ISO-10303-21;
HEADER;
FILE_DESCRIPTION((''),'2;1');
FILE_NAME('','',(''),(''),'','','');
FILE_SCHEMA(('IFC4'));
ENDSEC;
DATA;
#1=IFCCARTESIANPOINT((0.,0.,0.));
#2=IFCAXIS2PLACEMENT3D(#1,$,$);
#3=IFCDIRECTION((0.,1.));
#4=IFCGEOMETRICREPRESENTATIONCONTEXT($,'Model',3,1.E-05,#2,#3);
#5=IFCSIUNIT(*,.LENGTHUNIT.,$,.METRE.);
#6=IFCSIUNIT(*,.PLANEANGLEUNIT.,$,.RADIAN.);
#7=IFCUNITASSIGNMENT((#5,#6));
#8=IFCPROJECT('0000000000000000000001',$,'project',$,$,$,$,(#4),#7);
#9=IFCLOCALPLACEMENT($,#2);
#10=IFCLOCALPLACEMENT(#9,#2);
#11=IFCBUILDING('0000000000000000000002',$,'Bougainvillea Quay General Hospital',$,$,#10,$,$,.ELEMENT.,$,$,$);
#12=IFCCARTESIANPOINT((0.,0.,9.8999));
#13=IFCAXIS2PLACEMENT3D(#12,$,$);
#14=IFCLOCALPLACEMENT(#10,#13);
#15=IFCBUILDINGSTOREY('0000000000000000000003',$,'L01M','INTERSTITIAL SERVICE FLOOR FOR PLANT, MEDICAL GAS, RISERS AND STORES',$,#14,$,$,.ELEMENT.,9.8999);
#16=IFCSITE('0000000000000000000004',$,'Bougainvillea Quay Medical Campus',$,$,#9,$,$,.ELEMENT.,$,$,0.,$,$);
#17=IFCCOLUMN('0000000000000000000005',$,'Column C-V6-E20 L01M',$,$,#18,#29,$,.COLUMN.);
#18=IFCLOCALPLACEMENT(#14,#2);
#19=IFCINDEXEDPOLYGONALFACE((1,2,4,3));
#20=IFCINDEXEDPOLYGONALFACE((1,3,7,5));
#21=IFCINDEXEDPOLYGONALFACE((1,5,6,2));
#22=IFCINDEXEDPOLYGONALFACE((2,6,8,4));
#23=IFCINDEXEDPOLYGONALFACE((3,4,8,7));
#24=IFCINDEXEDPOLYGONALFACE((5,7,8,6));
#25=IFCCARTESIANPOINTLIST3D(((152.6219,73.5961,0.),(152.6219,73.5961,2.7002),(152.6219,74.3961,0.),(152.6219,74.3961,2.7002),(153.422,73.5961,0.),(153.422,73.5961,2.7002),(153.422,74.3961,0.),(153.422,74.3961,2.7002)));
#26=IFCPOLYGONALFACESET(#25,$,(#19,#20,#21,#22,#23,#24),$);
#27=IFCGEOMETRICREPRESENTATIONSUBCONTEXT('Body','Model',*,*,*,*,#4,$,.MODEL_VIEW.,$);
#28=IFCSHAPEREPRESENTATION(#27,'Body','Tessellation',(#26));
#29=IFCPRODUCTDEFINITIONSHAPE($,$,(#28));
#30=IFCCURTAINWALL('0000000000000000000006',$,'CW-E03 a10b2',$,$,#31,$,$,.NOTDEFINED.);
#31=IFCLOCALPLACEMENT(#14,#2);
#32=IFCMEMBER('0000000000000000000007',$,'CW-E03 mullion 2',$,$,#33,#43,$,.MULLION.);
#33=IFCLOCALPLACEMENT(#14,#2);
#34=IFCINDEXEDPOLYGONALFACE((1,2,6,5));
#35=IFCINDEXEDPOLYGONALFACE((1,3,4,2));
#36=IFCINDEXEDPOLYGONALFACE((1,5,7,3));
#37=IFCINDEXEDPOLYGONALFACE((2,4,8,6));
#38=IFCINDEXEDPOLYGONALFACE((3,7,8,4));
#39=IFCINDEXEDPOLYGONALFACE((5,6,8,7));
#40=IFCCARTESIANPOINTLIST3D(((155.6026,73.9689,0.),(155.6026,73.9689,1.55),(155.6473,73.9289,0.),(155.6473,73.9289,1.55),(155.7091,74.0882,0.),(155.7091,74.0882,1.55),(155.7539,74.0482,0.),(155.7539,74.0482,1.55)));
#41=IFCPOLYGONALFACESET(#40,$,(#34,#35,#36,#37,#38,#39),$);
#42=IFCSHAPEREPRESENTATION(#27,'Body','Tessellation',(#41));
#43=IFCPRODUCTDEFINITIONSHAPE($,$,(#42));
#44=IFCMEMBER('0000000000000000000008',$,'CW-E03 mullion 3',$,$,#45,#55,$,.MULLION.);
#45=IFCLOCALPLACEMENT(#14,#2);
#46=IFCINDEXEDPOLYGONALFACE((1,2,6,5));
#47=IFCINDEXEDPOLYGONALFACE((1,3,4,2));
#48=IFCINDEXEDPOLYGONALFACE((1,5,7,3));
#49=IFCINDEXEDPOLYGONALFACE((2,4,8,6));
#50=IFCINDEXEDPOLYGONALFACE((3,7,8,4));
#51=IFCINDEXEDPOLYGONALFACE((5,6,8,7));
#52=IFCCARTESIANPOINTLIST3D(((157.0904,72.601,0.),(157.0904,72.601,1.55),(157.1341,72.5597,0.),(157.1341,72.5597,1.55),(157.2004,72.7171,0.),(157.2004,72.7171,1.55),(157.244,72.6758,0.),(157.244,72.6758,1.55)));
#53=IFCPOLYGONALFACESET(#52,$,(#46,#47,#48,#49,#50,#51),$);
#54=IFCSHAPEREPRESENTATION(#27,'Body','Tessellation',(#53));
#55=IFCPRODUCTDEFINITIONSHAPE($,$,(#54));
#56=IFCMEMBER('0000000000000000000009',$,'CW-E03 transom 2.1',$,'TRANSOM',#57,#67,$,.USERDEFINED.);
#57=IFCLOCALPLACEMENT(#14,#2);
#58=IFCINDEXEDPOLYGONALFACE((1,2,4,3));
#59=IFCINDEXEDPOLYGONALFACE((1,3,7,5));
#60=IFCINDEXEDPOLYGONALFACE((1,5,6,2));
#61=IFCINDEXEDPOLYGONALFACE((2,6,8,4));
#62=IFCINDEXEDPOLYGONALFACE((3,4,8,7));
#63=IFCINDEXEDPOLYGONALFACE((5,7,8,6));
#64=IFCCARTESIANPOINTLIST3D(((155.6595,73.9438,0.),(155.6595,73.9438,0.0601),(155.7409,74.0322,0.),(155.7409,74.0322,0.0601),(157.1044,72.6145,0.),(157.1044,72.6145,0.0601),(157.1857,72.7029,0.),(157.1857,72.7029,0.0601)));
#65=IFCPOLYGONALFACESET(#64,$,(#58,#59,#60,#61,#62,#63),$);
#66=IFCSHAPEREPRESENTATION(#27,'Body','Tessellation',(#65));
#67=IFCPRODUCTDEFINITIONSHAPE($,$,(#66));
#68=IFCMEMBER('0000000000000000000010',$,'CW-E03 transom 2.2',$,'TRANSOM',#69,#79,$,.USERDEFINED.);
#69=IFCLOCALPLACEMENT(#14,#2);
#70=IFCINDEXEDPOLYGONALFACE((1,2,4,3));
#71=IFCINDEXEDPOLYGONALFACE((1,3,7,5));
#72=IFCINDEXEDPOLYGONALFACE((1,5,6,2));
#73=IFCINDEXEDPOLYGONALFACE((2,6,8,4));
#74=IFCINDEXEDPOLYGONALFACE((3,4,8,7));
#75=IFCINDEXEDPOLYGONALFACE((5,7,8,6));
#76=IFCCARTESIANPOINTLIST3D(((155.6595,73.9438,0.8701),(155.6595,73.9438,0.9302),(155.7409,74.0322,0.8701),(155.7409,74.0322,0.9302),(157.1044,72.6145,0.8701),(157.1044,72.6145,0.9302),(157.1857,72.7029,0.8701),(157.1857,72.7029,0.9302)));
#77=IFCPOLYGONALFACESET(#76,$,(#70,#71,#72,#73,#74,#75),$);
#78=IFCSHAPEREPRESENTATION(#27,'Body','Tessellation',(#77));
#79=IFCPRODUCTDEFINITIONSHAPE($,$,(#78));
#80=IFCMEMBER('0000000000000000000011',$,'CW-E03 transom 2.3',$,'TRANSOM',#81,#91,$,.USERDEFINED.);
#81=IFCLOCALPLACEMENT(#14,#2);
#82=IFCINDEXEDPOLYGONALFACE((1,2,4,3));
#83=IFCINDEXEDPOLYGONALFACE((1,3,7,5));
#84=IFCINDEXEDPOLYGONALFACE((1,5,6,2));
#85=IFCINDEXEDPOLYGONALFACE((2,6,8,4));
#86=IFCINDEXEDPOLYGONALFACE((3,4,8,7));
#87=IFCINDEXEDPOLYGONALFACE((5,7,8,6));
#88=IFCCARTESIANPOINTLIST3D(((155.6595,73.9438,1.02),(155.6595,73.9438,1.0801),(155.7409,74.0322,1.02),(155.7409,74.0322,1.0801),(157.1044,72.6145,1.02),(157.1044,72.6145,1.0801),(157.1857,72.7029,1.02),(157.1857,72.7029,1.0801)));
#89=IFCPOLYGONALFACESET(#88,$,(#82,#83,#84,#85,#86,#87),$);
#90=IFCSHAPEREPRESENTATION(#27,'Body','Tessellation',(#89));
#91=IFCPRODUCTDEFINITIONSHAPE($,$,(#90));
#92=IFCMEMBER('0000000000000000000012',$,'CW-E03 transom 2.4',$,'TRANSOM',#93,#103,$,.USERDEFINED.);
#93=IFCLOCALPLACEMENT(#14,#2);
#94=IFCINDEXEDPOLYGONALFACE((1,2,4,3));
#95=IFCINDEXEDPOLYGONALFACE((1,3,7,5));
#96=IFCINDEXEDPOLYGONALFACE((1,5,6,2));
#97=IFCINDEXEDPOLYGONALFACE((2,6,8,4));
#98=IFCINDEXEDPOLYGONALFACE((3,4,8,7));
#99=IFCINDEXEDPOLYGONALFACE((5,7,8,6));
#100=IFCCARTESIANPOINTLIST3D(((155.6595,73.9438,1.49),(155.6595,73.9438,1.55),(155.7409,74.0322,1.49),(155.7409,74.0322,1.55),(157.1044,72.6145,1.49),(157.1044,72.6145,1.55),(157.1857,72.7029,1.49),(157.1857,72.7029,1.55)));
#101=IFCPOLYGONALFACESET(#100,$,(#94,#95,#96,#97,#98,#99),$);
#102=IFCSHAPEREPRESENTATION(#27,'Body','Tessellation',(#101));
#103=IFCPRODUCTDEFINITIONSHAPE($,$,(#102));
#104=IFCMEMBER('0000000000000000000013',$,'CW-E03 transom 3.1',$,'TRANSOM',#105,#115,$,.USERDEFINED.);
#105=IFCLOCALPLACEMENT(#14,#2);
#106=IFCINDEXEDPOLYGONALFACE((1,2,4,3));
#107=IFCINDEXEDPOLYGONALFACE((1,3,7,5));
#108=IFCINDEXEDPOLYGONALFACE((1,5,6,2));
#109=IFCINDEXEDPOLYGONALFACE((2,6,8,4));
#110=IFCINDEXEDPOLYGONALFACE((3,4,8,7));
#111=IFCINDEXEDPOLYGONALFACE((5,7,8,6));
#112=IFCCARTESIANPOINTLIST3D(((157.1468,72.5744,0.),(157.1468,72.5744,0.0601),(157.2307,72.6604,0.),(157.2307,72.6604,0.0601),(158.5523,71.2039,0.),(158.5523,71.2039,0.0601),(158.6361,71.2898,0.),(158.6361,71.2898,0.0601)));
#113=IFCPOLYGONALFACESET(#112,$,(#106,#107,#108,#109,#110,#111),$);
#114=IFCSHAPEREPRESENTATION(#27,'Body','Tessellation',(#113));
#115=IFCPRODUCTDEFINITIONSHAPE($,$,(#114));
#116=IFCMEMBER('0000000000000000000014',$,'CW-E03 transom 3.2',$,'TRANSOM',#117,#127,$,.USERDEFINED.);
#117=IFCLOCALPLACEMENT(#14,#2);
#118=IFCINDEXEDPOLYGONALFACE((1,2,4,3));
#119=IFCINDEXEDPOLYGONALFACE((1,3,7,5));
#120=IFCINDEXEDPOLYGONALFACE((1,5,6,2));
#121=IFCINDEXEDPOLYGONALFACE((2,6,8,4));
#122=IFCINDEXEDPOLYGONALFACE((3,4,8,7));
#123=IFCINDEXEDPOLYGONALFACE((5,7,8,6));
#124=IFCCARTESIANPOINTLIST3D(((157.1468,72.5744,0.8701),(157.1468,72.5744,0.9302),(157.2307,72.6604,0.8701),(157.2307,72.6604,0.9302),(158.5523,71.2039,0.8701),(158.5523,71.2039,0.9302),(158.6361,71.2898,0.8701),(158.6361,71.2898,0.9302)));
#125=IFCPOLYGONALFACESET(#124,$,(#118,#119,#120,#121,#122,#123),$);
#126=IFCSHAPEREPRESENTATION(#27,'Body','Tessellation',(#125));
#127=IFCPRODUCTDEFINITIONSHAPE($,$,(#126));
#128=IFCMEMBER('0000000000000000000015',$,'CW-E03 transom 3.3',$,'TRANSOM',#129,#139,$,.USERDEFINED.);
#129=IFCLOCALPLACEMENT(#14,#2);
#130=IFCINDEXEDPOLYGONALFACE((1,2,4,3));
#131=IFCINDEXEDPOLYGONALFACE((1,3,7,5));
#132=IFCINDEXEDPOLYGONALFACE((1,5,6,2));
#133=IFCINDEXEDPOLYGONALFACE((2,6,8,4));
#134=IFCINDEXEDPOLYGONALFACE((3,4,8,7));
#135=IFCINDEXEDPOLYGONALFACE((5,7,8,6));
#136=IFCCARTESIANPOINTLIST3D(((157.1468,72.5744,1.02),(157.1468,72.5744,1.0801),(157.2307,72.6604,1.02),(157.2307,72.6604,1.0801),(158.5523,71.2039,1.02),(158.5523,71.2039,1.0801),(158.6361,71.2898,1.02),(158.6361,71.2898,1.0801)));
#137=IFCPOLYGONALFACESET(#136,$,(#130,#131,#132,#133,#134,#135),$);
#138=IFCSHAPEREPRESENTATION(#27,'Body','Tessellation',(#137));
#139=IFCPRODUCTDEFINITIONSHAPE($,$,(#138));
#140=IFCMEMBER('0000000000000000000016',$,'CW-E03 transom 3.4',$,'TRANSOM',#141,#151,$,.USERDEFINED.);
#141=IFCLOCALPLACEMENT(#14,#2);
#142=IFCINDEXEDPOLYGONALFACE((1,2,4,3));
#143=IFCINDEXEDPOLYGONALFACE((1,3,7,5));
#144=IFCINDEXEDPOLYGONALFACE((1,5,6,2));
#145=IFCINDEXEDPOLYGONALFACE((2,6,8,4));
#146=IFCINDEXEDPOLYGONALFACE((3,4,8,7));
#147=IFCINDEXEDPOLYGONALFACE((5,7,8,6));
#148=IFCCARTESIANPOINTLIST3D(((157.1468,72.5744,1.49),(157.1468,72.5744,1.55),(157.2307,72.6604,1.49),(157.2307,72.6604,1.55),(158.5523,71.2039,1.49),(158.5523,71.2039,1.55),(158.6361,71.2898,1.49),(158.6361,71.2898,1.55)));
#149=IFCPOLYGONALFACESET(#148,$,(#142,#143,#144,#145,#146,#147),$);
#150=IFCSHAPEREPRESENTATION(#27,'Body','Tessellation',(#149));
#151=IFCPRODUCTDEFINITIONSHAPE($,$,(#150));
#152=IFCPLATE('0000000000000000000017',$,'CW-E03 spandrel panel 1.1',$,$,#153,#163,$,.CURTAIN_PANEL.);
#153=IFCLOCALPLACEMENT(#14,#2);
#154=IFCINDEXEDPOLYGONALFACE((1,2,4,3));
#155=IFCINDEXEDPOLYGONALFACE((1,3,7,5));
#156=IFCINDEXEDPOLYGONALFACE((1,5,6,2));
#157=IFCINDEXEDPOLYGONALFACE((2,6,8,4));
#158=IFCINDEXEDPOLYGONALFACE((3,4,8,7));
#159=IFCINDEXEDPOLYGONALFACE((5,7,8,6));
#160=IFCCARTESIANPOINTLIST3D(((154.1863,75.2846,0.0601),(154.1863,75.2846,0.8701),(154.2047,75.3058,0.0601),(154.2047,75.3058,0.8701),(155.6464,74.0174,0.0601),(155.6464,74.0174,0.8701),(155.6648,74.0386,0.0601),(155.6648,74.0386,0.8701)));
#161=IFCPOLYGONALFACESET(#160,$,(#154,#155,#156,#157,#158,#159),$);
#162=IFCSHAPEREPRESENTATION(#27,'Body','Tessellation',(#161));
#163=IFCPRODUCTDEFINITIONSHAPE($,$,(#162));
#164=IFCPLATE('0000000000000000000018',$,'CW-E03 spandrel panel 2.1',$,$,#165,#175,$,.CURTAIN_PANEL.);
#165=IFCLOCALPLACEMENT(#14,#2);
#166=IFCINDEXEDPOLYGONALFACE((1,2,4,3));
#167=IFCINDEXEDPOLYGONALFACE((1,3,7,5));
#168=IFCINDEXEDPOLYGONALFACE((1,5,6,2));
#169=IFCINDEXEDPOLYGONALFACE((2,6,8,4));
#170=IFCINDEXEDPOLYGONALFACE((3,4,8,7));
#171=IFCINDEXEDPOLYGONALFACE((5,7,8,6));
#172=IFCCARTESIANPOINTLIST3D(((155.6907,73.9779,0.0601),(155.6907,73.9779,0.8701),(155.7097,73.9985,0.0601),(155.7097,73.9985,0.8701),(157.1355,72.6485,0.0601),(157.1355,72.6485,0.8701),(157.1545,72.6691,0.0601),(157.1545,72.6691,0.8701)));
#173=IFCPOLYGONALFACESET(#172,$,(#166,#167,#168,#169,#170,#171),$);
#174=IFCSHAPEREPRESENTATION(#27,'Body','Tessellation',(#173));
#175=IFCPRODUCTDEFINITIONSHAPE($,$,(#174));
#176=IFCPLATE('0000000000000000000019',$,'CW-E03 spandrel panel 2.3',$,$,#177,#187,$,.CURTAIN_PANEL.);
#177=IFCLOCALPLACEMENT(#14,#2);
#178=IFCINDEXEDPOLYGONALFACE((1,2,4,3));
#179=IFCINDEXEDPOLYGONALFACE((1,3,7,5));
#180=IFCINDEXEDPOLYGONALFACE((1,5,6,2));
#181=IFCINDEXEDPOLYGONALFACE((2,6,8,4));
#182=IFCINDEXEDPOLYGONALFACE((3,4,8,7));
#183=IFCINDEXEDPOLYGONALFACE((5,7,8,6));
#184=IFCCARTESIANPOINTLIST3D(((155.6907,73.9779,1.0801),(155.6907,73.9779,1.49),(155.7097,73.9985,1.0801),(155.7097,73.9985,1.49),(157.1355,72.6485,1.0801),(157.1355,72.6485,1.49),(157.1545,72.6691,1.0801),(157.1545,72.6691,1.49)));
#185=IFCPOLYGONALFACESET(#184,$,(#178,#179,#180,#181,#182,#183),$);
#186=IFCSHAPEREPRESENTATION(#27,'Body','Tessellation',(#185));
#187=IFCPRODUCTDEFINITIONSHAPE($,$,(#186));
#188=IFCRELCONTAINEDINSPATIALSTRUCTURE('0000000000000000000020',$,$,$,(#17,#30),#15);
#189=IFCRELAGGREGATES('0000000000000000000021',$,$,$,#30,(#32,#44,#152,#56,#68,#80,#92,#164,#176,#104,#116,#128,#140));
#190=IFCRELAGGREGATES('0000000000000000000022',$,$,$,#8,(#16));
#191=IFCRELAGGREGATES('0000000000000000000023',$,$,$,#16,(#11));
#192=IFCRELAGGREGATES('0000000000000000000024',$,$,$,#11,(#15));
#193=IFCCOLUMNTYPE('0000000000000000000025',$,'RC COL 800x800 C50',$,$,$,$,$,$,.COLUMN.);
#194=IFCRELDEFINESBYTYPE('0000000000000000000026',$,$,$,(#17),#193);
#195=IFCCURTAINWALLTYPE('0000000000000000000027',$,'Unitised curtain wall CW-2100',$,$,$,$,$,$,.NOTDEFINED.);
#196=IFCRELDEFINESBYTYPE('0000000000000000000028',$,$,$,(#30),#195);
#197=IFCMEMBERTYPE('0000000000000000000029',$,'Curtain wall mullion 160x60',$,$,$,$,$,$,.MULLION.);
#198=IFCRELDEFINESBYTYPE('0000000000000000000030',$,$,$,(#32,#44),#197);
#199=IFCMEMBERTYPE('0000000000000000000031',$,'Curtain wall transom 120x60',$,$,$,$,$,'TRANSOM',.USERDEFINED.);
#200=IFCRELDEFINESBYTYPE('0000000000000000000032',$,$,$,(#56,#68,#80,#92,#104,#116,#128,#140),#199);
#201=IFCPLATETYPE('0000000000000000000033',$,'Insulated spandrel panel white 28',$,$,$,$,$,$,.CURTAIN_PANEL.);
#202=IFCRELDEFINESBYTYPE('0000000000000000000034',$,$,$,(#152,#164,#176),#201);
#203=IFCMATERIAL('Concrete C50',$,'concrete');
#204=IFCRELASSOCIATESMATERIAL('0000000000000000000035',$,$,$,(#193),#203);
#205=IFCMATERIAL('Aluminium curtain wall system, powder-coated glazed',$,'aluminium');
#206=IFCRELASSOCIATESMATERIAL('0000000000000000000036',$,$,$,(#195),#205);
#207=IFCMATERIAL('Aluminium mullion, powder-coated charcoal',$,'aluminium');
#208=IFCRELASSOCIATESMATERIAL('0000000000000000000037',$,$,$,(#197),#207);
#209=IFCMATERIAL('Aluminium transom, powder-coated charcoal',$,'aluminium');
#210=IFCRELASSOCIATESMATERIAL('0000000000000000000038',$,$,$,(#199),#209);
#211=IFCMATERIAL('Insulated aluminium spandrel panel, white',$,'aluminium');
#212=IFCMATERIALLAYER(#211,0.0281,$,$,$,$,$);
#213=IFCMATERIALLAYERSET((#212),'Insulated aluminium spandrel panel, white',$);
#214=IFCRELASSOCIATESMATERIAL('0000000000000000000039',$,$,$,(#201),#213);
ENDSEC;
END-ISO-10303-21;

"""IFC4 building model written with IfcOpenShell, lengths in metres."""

from ifc_helpers import new_model, si_unit, direction, frame, origin, origin_2d, place, context, subcontext, project, spatial, rectangle, extrude, material, layer, layer_set, material_profile, profile_set, type_object, element, aggregate, save


model = new_model("IFC4")

# Units and contexts
model_context = context("Model", 3, precision=1e-05, world=origin(), true_north=direction((0.0, 1.0)))
body_context = subcontext(model_context, "Body", "Model", "MODEL_VIEW")
ifc_project = project(units=[si_unit("LENGTHUNIT", "METRE"), si_unit("PLANEANGLEUNIT", "RADIAN")], contexts=[model_context])

# Site, building, storey
site_placement = place(None, origin())
site = spatial("IfcSite", under=ifc_project, at=site_placement, Name="Bougainvillea Quay Medical Campus", CompositionType="ELEMENT", RefElevation=0.0)
building_placement = place(site_placement, origin())
building = spatial("IfcBuilding", under=site, at=building_placement, Name="Bougainvillea Quay General Hospital", CompositionType="ELEMENT")
storey_placement = place(building_placement, frame((0.0, 0.0, 9.8999)))
storey = spatial("IfcBuildingStorey", under=building, at=storey_placement, Name="L01M", Description="INTERSTITIAL SERVICE FLOOR FOR PLANT, MEDICAL GAS, RISERS AND STORES", CompositionType="ELEMENT", Elevation=9.8999)

# Column
ifc_material_1 = material(Name="Concrete C50", Category="concrete")
ifc_material_profile_1 = material_profile(ifc_material_1, rectangle(XDim=0.8, YDim=0.8, at=origin_2d()))
ifc_profile_set_1 = profile_set([ifc_material_profile_1], Name="Concrete C50")
column_type = type_object("IfcColumnType", Name="RC COL 800x800 C50", PredefinedType="COLUMN", material=ifc_profile_set_1)
column_placement = place(storey_placement, frame((153.022, 73.9961, 0.0), z_axis=(0.0, 0.0, 1.0), x_axis=(1.0, 0.0, 0.0)))
element("IfcColumn", 1, at=column_placement, inside=storey, type_object=column_type, Name="Column C-V6-E20 L01M", PredefinedType="COLUMN", context=body_context, shape_type="SweptSolid", body=[
    extrude(rectangle(XDim=0.8, YDim=0.8, at=origin_2d()), origin(), (0.0, 0.0, 1.0), 2.7002),
])

# Curtain wall, members, plates
ifc_material_2 = material(Name="Aluminium curtain wall system, powder-coated glazed", Category="aluminium")
curtain_wall_type = type_object("IfcCurtainWallType", Name="Unitised curtain wall CW-2100", PredefinedType="NOTDEFINED", material=ifc_material_2)
curtain_wall_placement = place(storey_placement, origin())
curtain_wall = element("IfcCurtainWall", 2, at=curtain_wall_placement, inside=storey, type_object=curtain_wall_type, Name="CW-E03 a10b2", PredefinedType="NOTDEFINED")
ifc_material_3 = material(Name="Aluminium mullion, powder-coated charcoal", Category="aluminium")
ifc_material_profile_2 = material_profile(ifc_material_3, rectangle(XDim=0.1599, YDim=0.0601, at=origin_2d()))
ifc_profile_set_2 = profile_set([ifc_material_profile_2], Name="Aluminium mullion, powder-coated charcoal")
member_type_1 = type_object("IfcMemberType", Name="Curtain wall mullion 160x60", PredefinedType="MULLION", material=ifc_profile_set_2)
member_1_placement = place(storey_placement, frame((155.6782, 74.0085, 0.0), z_axis=(0.0, 0.0, 1.0), x_axis=(0.666352, 0.745637, 0.0)))
member_1 = element("IfcMember", 3, at=member_1_placement, type_object=member_type_1, Name="CW-E03 mullion 2", PredefinedType="MULLION", context=body_context, shape_type="SweptSolid", body=[
    extrude(rectangle(XDim=0.1599, YDim=0.0601, at=origin_2d()), origin(), (0.0, 0.0, 1.0), 1.55),
])
member_2_placement = place(storey_placement, frame((157.1672, 72.6384, 0.0), z_axis=(0.0, 0.0, 1.0), x_axis=(0.687699, 0.725996, 0.0)))
member_2 = element("IfcMember", 4, at=member_2_placement, type_object=member_type_1, Name="CW-E03 mullion 3", PredefinedType="MULLION", context=body_context, shape_type="SweptSolid", body=[
    extrude(rectangle(XDim=0.1599, YDim=0.0601, at=origin_2d()), origin(), (0.0, 0.0, 1.0), 1.55),
])
ifc_material_4 = material(Name="Aluminium transom, powder-coated charcoal", Category="aluminium")
ifc_material_profile_3 = material_profile(ifc_material_4, rectangle(XDim=0.1201, YDim=0.0601, at=origin_2d()))
ifc_profile_set_3 = profile_set([ifc_material_profile_3], Name="Aluminium transom, powder-coated charcoal")
member_type_2 = type_object("IfcMemberType", Name="Curtain wall transom 120x60", ElementType="TRANSOM", PredefinedType="USERDEFINED", material=ifc_profile_set_3)
member_3_placement = place(storey_placement, frame((155.7002, 73.988, 0.03), z_axis=(0.735904, -0.677086, 0.0), x_axis=(0.677086, 0.735904, 0.0)))
member_3 = element("IfcMember", 5, at=member_3_placement, type_object=member_type_2, Name="CW-E03 transom 2.1", ObjectType="TRANSOM", PredefinedType="USERDEFINED", context=body_context, shape_type="SweptSolid", body=[
    extrude(rectangle(XDim=0.1201, YDim=0.0601, at=origin_2d()), origin(), (0.0, 0.0, 1.0), 1.9634),
])
member_4_placement = place(storey_placement, frame((155.7002, 73.988, 0.9001), z_axis=(0.735904, -0.677086, 0.0), x_axis=(0.677086, 0.735904, 0.0)))
member_4 = element("IfcMember", 6, at=member_4_placement, type_object=member_type_2, Name="CW-E03 transom 2.2", ObjectType="TRANSOM", PredefinedType="USERDEFINED", context=body_context, shape_type="SweptSolid", body=[
    extrude(rectangle(XDim=0.1201, YDim=0.0601, at=origin_2d()), origin(), (0.0, 0.0, 1.0), 1.9634),
])
member_5_placement = place(storey_placement, frame((155.7002, 73.988, 1.05), z_axis=(0.735904, -0.677086, 0.0), x_axis=(0.677086, 0.735904, 0.0)))
member_5 = element("IfcMember", 7, at=member_5_placement, type_object=member_type_2, Name="CW-E03 transom 2.3", ObjectType="TRANSOM", PredefinedType="USERDEFINED", context=body_context, shape_type="SweptSolid", body=[
    extrude(rectangle(XDim=0.1201, YDim=0.0601, at=origin_2d()), origin(), (0.0, 0.0, 1.0), 1.9634),
])
member_6_placement = place(storey_placement, frame((155.7002, 73.988, 1.52), z_axis=(0.735904, -0.677086, 0.0), x_axis=(0.677086, 0.735904, 0.0)))
member_6 = element("IfcMember", 8, at=member_6_placement, type_object=member_type_2, Name="CW-E03 transom 2.4", ObjectType="TRANSOM", PredefinedType="USERDEFINED", context=body_context, shape_type="SweptSolid", body=[
    extrude(rectangle(XDim=0.1201, YDim=0.0601, at=origin_2d()), origin(), (0.0, 0.0, 1.0), 1.9634),
])
member_7_placement = place(storey_placement, frame((157.1887, 72.6174, 0.03), z_axis=(0.715943, -0.698159, 0.0), x_axis=(0.698159, 0.715943, 0.0)))
member_7 = element("IfcMember", 9, at=member_7_placement, type_object=member_type_2, Name="CW-E03 transom 3.1", ObjectType="TRANSOM", PredefinedType="USERDEFINED", context=body_context, shape_type="SweptSolid", body=[
    extrude(rectangle(XDim=0.1201, YDim=0.0601, at=origin_2d()), origin(), (0.0, 0.0, 1.0), 1.9631),
])
member_8_placement = place(storey_placement, frame((157.1887, 72.6174, 0.9001), z_axis=(0.715943, -0.698159, 0.0), x_axis=(0.698159, 0.715943, 0.0)))
member_8 = element("IfcMember", 10, at=member_8_placement, type_object=member_type_2, Name="CW-E03 transom 3.2", ObjectType="TRANSOM", PredefinedType="USERDEFINED", context=body_context, shape_type="SweptSolid", body=[
    extrude(rectangle(XDim=0.1201, YDim=0.0601, at=origin_2d()), origin(), (0.0, 0.0, 1.0), 1.9631),
])
member_9_placement = place(storey_placement, frame((157.1887, 72.6174, 1.05), z_axis=(0.715943, -0.698159, 0.0), x_axis=(0.698159, 0.715943, 0.0)))
member_9 = element("IfcMember", 11, at=member_9_placement, type_object=member_type_2, Name="CW-E03 transom 3.3", ObjectType="TRANSOM", PredefinedType="USERDEFINED", context=body_context, shape_type="SweptSolid", body=[
    extrude(rectangle(XDim=0.1201, YDim=0.0601, at=origin_2d()), origin(), (0.0, 0.0, 1.0), 1.9631),
])
member_10_placement = place(storey_placement, frame((157.1887, 72.6174, 1.52), z_axis=(0.715943, -0.698159, 0.0), x_axis=(0.698159, 0.715943, 0.0)))
member_10 = element("IfcMember", 12, at=member_10_placement, type_object=member_type_2, Name="CW-E03 transom 3.4", ObjectType="TRANSOM", PredefinedType="USERDEFINED", context=body_context, shape_type="SweptSolid", body=[
    extrude(rectangle(XDim=0.1201, YDim=0.0601, at=origin_2d()), origin(), (0.0, 0.0, 1.0), 1.9631),
])
ifc_material_5 = material(Name="Insulated aluminium spandrel panel, white", Category="aluminium")
ifc_layer_1 = layer(ifc_material_5, 0.0281)
ifc_layer_set_1 = layer_set([ifc_layer_1], Name="Insulated aluminium spandrel panel, white")
plate_type_1 = type_object("IfcPlateType", Name="Insulated spandrel panel white 28", PredefinedType="CURTAIN_PANEL", material=ifc_layer_set_1)
plate_1_placement = place(storey_placement, frame((154.9255, 74.6616, 0.0601), z_axis=(0.0, 0.0, 1.0), x_axis=(0.755224, -0.655467, 0.0)))
plate_1 = element("IfcPlate", 13, at=plate_1_placement, type_object=plate_type_1, Name="CW-E03 spandrel panel 1.1", PredefinedType="CURTAIN_PANEL", context=body_context, shape_type="SweptSolid", body=[
    extrude(rectangle(XDim=1.9333, YDim=0.0281, at=origin_2d()), origin(), (0.0, 0.0, 1.0), 0.8101),
])
plate_2_placement = place(storey_placement, frame((156.4226, 73.3235, 0.0601), z_axis=(0.0, 0.0, 1.0), x_axis=(0.735894, -0.677097, 0.0)))
plate_2 = element("IfcPlate", 14, at=plate_2_placement, type_object=plate_type_1, Name="CW-E03 spandrel panel 2.1", PredefinedType="CURTAIN_PANEL", context=body_context, shape_type="SweptSolid", body=[
    extrude(rectangle(XDim=1.9634, YDim=0.0281, at=origin_2d()), origin(), (0.0, 0.0, 1.0), 0.8101),
])
plate_3_placement = place(storey_placement, frame((156.4226, 73.3235, 1.0801), z_axis=(0.0, 0.0, 1.0), x_axis=(0.735894, -0.677097, 0.0)))
plate_3 = element("IfcPlate", 15, at=plate_3_placement, type_object=plate_type_1, Name="CW-E03 spandrel panel 2.3", PredefinedType="CURTAIN_PANEL", context=body_context, shape_type="SweptSolid", body=[
    extrude(rectangle(XDim=1.9634, YDim=0.0281, at=origin_2d()), origin(), (0.0, 0.0, 1.0), 0.4099),
])
aggregate(curtain_wall, [member_1, member_2, plate_1, member_3, member_4, member_5, member_6, plate_2, plate_3, member_7, member_8, member_9, member_10])

save(model, "model.ifc")
